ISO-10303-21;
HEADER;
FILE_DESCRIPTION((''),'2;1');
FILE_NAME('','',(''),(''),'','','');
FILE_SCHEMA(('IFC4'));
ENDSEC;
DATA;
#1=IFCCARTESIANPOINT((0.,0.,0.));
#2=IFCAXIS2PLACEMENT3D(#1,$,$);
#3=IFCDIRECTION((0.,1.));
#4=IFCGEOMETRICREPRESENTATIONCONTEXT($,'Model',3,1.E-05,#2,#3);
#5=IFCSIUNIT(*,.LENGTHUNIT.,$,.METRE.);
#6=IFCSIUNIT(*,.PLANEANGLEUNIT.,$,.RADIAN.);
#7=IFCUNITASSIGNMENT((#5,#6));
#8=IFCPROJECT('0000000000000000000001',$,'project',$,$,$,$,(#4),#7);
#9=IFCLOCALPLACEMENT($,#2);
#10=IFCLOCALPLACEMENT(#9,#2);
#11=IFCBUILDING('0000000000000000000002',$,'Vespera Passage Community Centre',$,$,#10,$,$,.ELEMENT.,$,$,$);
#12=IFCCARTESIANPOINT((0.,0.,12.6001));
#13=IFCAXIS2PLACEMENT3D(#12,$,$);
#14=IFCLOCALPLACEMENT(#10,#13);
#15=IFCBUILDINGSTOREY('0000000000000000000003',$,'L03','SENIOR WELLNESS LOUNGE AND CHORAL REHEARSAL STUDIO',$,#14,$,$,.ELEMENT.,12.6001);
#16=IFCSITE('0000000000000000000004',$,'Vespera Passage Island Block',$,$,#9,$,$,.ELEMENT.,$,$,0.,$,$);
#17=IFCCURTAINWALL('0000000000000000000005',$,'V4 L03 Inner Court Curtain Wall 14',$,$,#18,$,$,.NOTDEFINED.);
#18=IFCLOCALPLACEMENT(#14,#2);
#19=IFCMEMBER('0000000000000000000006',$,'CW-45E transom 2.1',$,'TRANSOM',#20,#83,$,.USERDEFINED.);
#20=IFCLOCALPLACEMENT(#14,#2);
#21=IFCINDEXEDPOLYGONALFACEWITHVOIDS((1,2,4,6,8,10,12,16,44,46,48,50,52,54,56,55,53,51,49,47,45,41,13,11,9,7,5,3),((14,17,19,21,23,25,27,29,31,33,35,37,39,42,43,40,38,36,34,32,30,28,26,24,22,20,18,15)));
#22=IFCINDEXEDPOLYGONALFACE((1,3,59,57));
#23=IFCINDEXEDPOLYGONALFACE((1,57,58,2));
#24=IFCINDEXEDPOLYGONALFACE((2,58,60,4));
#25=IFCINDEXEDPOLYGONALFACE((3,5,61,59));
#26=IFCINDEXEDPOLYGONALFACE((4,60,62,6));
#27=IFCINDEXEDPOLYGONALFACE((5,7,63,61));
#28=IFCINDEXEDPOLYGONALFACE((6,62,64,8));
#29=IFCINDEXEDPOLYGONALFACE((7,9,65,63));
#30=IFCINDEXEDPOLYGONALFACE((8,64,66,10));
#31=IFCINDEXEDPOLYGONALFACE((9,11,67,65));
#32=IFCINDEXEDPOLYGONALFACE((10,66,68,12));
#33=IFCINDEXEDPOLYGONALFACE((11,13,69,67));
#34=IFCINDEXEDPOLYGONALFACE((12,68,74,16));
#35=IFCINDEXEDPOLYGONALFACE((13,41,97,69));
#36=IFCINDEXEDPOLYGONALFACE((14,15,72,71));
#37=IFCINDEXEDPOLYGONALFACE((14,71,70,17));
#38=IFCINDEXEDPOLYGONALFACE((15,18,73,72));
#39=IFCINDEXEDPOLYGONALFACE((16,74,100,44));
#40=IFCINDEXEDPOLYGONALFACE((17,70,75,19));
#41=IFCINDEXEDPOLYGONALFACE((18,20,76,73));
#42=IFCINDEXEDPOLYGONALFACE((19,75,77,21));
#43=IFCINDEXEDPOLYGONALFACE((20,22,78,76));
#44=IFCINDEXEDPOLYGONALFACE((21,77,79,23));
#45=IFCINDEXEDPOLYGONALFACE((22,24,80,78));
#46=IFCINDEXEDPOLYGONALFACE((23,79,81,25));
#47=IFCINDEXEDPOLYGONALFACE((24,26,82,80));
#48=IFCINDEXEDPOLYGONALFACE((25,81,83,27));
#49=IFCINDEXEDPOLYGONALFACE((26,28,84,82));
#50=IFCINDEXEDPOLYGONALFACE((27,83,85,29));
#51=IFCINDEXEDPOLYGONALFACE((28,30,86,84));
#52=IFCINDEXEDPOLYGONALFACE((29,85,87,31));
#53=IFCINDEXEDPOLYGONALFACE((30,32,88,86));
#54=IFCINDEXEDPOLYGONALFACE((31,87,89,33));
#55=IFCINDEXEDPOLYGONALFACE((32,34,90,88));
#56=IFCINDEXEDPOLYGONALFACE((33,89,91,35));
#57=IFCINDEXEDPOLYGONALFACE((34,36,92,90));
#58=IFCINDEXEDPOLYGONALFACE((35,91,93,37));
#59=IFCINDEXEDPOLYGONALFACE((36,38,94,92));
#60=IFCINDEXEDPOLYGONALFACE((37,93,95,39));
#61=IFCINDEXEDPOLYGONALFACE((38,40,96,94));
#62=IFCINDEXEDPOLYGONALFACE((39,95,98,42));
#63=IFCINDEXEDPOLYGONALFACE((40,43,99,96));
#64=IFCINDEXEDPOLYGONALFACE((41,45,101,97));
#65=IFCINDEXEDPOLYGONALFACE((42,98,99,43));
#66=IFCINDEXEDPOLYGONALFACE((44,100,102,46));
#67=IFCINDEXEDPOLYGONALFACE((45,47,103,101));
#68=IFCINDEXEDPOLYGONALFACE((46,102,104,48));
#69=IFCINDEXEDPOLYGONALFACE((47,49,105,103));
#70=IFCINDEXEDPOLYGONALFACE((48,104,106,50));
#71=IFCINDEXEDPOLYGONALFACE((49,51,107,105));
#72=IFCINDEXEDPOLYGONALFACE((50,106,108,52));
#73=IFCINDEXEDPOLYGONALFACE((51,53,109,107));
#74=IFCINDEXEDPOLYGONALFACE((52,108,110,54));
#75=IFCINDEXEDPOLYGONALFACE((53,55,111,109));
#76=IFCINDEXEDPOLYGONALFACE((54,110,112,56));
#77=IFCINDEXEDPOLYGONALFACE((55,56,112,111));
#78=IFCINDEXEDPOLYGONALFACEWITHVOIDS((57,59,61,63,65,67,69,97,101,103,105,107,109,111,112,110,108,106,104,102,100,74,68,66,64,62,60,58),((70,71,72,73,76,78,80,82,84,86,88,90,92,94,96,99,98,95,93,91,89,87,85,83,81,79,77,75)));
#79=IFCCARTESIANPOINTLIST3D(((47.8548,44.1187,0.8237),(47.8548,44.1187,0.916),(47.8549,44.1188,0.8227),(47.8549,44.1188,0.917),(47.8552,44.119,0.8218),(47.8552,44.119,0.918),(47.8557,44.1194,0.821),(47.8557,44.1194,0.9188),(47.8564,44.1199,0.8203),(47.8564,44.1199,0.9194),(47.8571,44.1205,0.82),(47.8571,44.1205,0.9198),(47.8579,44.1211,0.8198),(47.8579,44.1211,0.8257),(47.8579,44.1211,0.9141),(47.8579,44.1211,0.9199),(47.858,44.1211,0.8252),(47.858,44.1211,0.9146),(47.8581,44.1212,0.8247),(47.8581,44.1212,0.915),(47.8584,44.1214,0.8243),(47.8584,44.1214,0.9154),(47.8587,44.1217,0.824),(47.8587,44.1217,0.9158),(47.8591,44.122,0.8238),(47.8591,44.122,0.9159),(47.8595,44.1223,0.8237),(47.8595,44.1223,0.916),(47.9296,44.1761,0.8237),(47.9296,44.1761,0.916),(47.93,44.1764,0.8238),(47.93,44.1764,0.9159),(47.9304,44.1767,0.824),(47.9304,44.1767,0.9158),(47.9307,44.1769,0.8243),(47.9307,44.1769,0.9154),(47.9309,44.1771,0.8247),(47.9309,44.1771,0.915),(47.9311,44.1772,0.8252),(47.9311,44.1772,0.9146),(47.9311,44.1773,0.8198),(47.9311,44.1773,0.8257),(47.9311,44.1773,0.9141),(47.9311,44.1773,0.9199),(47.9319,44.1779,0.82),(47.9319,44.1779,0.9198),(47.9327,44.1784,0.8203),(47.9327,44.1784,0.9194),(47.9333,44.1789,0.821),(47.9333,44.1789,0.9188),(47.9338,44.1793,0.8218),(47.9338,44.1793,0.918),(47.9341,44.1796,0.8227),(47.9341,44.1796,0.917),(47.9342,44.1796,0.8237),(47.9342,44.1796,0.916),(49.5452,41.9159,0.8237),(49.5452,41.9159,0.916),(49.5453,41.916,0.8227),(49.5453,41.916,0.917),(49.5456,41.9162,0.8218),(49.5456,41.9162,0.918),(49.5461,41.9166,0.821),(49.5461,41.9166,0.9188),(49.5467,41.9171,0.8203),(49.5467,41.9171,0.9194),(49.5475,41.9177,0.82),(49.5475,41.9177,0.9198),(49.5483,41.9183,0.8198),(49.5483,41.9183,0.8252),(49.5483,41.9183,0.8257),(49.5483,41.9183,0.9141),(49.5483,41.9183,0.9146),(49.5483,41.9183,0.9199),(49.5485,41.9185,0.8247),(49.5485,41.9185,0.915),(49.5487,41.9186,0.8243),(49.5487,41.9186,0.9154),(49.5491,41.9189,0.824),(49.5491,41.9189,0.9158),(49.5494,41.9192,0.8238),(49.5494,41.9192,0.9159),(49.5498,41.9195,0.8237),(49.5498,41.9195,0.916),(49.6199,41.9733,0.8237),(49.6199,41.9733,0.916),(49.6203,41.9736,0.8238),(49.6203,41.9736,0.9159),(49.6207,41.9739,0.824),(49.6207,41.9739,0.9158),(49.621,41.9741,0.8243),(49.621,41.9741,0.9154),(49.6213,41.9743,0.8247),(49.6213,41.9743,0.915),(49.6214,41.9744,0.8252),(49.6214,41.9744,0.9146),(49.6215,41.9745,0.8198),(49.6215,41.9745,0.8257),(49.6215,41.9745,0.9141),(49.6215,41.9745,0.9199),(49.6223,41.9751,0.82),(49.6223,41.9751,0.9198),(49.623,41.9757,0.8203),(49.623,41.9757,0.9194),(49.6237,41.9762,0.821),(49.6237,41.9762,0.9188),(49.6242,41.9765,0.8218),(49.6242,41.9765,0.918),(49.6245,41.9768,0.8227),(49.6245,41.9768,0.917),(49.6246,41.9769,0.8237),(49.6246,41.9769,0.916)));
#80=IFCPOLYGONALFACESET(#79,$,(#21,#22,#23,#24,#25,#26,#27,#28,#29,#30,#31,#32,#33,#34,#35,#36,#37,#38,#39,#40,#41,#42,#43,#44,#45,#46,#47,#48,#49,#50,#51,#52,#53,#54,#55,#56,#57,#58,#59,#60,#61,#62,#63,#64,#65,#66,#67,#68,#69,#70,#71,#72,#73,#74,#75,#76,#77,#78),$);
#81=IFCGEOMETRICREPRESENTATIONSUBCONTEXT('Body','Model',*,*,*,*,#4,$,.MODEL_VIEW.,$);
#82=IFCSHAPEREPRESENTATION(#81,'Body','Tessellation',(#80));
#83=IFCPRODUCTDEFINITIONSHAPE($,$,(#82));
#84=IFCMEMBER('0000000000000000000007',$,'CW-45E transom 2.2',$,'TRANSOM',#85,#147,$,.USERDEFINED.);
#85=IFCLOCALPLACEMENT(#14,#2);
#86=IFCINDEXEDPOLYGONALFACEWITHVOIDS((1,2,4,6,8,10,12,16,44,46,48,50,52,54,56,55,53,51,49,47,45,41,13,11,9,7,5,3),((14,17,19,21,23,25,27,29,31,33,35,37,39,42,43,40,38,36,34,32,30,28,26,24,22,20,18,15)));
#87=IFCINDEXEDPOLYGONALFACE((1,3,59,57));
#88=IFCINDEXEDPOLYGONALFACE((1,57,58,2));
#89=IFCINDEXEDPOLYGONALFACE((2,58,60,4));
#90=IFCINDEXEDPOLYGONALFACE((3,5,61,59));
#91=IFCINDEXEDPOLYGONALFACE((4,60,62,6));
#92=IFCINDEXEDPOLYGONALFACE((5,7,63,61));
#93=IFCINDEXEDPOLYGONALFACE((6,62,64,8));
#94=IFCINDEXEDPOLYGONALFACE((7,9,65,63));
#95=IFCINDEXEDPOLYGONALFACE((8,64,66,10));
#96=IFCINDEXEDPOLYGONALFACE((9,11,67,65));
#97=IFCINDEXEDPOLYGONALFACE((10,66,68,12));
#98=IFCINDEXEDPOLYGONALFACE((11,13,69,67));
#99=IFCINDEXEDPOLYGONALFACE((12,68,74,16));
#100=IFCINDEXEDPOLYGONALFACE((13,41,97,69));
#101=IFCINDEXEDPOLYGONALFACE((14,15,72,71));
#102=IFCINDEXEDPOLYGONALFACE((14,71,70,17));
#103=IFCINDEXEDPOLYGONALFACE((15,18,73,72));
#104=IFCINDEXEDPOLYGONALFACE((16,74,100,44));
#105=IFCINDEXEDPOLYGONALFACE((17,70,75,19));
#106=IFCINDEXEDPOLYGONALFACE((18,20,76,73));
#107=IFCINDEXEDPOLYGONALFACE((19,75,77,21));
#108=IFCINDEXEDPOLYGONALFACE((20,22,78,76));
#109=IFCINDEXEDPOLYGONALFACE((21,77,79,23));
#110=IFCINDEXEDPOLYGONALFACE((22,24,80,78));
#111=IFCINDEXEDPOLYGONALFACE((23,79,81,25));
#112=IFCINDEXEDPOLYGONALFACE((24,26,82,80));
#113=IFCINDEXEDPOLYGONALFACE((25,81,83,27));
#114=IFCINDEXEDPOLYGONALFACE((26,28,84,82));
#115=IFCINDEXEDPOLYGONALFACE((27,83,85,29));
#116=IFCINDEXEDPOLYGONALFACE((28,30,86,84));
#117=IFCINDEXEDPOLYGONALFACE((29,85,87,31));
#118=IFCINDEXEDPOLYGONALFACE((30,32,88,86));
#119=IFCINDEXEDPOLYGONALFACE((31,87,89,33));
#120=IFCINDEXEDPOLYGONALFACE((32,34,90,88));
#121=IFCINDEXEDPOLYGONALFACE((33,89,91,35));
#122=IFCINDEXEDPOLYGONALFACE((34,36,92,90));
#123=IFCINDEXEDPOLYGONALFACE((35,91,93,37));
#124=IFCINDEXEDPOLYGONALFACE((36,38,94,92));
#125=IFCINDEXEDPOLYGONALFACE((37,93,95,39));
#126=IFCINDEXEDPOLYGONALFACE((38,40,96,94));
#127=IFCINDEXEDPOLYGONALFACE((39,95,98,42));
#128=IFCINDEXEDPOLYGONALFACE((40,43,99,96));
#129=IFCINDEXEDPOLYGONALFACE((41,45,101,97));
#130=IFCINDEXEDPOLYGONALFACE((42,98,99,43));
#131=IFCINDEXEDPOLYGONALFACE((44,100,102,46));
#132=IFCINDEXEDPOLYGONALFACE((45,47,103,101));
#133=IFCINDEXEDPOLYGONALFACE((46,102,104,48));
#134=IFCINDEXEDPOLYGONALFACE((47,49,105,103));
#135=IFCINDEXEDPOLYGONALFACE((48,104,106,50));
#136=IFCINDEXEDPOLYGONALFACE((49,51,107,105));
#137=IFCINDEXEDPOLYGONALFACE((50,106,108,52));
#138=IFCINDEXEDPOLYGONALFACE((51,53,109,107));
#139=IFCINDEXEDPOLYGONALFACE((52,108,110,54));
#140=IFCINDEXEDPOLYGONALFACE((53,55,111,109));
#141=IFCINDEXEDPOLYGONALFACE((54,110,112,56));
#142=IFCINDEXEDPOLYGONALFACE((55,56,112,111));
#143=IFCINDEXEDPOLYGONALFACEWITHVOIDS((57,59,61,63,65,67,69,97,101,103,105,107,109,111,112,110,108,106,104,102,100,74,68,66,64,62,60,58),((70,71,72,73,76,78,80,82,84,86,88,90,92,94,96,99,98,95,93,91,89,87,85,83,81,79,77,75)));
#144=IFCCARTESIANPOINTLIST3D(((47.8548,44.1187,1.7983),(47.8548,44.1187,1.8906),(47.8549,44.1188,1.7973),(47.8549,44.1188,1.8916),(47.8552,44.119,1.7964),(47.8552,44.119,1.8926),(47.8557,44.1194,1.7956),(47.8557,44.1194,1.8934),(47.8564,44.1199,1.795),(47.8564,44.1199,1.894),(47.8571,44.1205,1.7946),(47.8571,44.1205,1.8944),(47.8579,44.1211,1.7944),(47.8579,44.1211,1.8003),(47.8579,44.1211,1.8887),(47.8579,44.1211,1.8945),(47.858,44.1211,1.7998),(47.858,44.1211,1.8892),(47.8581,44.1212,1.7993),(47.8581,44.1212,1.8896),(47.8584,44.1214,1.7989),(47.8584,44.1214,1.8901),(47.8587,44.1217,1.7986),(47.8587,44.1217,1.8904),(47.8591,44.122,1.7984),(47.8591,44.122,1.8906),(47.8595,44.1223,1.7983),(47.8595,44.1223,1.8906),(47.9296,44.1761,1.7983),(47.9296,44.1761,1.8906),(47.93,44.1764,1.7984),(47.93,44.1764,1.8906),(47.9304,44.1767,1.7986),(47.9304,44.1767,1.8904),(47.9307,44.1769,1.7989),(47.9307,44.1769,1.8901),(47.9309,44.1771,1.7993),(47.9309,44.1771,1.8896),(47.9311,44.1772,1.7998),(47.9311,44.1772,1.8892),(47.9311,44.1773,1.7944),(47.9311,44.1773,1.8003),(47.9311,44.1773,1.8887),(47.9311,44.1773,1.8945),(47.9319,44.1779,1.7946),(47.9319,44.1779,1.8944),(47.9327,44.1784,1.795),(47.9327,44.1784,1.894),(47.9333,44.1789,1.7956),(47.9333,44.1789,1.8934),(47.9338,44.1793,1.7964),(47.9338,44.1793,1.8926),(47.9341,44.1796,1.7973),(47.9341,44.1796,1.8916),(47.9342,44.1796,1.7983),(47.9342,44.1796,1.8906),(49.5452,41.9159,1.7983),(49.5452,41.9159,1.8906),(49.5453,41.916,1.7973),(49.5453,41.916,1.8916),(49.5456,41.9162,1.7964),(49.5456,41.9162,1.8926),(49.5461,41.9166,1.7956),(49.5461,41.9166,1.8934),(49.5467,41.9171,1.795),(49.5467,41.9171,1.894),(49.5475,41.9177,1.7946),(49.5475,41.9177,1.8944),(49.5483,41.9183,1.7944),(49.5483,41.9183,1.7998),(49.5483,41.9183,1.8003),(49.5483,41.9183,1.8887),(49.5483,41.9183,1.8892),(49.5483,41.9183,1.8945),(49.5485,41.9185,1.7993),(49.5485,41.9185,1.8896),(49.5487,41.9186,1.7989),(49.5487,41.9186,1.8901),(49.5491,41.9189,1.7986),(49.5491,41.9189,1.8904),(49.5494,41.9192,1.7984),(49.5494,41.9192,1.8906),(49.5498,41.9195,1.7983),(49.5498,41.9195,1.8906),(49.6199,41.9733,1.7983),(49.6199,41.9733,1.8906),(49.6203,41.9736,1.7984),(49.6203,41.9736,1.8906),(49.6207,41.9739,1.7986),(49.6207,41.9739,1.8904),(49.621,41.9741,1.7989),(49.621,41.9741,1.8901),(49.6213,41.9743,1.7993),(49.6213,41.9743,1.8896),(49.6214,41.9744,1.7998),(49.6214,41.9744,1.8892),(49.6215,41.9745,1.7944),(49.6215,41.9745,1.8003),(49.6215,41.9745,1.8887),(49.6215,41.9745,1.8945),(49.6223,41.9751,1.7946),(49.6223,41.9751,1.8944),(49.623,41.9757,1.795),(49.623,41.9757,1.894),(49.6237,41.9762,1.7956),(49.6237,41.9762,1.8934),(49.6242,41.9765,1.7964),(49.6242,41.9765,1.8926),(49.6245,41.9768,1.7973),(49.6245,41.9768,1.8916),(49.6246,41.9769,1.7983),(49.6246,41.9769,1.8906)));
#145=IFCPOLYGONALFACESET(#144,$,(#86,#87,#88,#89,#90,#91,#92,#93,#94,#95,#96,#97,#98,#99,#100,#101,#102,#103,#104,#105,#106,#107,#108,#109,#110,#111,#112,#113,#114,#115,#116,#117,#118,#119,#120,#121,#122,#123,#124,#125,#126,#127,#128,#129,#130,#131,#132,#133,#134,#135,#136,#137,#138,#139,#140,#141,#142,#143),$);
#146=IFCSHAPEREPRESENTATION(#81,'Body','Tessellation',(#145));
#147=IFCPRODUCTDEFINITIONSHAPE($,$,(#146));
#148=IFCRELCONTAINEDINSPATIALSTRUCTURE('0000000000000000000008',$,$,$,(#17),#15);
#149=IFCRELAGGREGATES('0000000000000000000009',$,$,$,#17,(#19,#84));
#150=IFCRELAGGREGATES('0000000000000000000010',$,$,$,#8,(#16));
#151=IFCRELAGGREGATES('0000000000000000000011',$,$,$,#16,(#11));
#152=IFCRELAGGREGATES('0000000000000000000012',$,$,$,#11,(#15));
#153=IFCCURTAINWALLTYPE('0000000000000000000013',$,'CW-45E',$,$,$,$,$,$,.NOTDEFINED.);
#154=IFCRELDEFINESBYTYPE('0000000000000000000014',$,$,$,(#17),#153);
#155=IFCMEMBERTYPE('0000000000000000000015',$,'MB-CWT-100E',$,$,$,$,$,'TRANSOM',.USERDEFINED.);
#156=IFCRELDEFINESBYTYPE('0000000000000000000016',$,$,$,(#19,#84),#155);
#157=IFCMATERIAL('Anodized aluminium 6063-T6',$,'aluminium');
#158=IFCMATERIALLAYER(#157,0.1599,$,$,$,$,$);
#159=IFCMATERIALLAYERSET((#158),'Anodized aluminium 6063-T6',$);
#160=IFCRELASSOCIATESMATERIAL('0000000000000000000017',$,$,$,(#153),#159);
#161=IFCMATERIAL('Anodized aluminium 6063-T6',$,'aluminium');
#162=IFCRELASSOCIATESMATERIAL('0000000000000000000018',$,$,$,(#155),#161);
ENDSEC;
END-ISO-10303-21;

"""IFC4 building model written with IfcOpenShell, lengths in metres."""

from ifc_helpers import new_model, si_unit, direction, frame, origin, origin_2d, place, context, subcontext, project, spatial, hollow_rectangle, extrude, material, layer, layer_set, material_profile, profile_set, type_object, element, aggregate, save


model = new_model("IFC4")

# Units and contexts
model_context = context("Model", 3, precision=1e-05, world=origin(), true_north=direction((0.0, 1.0)))
body_context = subcontext(model_context, "Body", "Model", "MODEL_VIEW")
ifc_project = project(units=[si_unit("LENGTHUNIT", "METRE"), si_unit("PLANEANGLEUNIT", "RADIAN")], contexts=[model_context])

# Site, building, storey
site_placement = place(None, origin())
site = spatial("IfcSite", under=ifc_project, at=site_placement, Name="Vespera Passage Island Block", CompositionType="ELEMENT", RefElevation=0.0)
building_placement = place(site_placement, origin())
building = spatial("IfcBuilding", under=site, at=building_placement, Name="Vespera Passage Community Centre", CompositionType="ELEMENT")
storey_placement = place(building_placement, frame((0.0, 0.0, 12.6001)))
storey = spatial("IfcBuildingStorey", under=building, at=storey_placement, Name="L03", Description="SENIOR WELLNESS LOUNGE AND CHORAL REHEARSAL STUDIO", CompositionType="ELEMENT", Elevation=12.6001)

# Curtain wall
ifc_material_1 = material(Name="Anodized aluminium 6063-T6", Category="aluminium")
ifc_layer_1 = layer(ifc_material_1, 0.1599)
ifc_layer_set_1 = layer_set([ifc_layer_1], Name="Anodized aluminium 6063-T6")
curtain_wall_type_1 = type_object("IfcCurtainWallType", Name="CW-45E", PredefinedType="NOTDEFINED", material=ifc_layer_set_1)
curtain_wall_1_placement = place(storey_placement, origin())
curtain_wall_1 = element("IfcCurtainWall", 1, at=curtain_wall_1_placement, inside=storey, type_object=curtain_wall_type_1, Name="V4 L03 Inner Court Curtain Wall 14", PredefinedType="NOTDEFINED")

# Members
ifc_material_2 = material(Name="Anodized aluminium 6063-T6", Category="aluminium")
ifc_material_profile_1 = material_profile(ifc_material_2, hollow_rectangle(XDim=0.1001, YDim=0.1001, WallThickness=0.0039, InnerFilletRadius=0.002, OuterFilletRadius=0.0039, at=origin_2d()), Name="ALU100X100X4")
ifc_profile_set_1 = profile_set([ifc_material_profile_1], Name="Anodized aluminium 6063-T6")
member_type_1 = type_object("IfcMemberType", Name="MB-CWT-100E", ElementType="TRANSOM", PredefinedType="USERDEFINED", material=ifc_profile_set_1)
member_1_placement = place(storey_placement, frame((47.8945, 44.1492, 0.8699), z_axis=(0.608784, -0.793336, 0.0), x_axis=(0.793336, 0.608784, 0.0)))
member_1 = element("IfcMember", 2, at=member_1_placement, type_object=member_type_1, Name="CW-45E transom 2.1", ObjectType="TRANSOM", PredefinedType="USERDEFINED", context=body_context, shape_type="SweptSolid", body=[
    extrude(hollow_rectangle(XDim=0.1001, YDim=0.1001, WallThickness=0.0039, InnerFilletRadius=0.002, OuterFilletRadius=0.0039, at=origin_2d()), origin(), (0.0, 0.0, 1.0), 2.7766),
])
member_2_placement = place(storey_placement, frame((47.8945, 44.1492, 1.8445), z_axis=(0.608784, -0.793336, 0.0), x_axis=(0.793336, 0.608784, 0.0)))
member_2 = element("IfcMember", 3, at=member_2_placement, type_object=member_type_1, Name="CW-45E transom 2.2", ObjectType="TRANSOM", PredefinedType="USERDEFINED", context=body_context, shape_type="SweptSolid", body=[
    extrude(hollow_rectangle(XDim=0.1001, YDim=0.1001, WallThickness=0.0039, InnerFilletRadius=0.002, OuterFilletRadius=0.0039, at=origin_2d()), origin(), (0.0, 0.0, 1.0), 2.7766),
])

aggregate(curtain_wall_1, [member_1, member_2])

save(model, "model.ifc")
